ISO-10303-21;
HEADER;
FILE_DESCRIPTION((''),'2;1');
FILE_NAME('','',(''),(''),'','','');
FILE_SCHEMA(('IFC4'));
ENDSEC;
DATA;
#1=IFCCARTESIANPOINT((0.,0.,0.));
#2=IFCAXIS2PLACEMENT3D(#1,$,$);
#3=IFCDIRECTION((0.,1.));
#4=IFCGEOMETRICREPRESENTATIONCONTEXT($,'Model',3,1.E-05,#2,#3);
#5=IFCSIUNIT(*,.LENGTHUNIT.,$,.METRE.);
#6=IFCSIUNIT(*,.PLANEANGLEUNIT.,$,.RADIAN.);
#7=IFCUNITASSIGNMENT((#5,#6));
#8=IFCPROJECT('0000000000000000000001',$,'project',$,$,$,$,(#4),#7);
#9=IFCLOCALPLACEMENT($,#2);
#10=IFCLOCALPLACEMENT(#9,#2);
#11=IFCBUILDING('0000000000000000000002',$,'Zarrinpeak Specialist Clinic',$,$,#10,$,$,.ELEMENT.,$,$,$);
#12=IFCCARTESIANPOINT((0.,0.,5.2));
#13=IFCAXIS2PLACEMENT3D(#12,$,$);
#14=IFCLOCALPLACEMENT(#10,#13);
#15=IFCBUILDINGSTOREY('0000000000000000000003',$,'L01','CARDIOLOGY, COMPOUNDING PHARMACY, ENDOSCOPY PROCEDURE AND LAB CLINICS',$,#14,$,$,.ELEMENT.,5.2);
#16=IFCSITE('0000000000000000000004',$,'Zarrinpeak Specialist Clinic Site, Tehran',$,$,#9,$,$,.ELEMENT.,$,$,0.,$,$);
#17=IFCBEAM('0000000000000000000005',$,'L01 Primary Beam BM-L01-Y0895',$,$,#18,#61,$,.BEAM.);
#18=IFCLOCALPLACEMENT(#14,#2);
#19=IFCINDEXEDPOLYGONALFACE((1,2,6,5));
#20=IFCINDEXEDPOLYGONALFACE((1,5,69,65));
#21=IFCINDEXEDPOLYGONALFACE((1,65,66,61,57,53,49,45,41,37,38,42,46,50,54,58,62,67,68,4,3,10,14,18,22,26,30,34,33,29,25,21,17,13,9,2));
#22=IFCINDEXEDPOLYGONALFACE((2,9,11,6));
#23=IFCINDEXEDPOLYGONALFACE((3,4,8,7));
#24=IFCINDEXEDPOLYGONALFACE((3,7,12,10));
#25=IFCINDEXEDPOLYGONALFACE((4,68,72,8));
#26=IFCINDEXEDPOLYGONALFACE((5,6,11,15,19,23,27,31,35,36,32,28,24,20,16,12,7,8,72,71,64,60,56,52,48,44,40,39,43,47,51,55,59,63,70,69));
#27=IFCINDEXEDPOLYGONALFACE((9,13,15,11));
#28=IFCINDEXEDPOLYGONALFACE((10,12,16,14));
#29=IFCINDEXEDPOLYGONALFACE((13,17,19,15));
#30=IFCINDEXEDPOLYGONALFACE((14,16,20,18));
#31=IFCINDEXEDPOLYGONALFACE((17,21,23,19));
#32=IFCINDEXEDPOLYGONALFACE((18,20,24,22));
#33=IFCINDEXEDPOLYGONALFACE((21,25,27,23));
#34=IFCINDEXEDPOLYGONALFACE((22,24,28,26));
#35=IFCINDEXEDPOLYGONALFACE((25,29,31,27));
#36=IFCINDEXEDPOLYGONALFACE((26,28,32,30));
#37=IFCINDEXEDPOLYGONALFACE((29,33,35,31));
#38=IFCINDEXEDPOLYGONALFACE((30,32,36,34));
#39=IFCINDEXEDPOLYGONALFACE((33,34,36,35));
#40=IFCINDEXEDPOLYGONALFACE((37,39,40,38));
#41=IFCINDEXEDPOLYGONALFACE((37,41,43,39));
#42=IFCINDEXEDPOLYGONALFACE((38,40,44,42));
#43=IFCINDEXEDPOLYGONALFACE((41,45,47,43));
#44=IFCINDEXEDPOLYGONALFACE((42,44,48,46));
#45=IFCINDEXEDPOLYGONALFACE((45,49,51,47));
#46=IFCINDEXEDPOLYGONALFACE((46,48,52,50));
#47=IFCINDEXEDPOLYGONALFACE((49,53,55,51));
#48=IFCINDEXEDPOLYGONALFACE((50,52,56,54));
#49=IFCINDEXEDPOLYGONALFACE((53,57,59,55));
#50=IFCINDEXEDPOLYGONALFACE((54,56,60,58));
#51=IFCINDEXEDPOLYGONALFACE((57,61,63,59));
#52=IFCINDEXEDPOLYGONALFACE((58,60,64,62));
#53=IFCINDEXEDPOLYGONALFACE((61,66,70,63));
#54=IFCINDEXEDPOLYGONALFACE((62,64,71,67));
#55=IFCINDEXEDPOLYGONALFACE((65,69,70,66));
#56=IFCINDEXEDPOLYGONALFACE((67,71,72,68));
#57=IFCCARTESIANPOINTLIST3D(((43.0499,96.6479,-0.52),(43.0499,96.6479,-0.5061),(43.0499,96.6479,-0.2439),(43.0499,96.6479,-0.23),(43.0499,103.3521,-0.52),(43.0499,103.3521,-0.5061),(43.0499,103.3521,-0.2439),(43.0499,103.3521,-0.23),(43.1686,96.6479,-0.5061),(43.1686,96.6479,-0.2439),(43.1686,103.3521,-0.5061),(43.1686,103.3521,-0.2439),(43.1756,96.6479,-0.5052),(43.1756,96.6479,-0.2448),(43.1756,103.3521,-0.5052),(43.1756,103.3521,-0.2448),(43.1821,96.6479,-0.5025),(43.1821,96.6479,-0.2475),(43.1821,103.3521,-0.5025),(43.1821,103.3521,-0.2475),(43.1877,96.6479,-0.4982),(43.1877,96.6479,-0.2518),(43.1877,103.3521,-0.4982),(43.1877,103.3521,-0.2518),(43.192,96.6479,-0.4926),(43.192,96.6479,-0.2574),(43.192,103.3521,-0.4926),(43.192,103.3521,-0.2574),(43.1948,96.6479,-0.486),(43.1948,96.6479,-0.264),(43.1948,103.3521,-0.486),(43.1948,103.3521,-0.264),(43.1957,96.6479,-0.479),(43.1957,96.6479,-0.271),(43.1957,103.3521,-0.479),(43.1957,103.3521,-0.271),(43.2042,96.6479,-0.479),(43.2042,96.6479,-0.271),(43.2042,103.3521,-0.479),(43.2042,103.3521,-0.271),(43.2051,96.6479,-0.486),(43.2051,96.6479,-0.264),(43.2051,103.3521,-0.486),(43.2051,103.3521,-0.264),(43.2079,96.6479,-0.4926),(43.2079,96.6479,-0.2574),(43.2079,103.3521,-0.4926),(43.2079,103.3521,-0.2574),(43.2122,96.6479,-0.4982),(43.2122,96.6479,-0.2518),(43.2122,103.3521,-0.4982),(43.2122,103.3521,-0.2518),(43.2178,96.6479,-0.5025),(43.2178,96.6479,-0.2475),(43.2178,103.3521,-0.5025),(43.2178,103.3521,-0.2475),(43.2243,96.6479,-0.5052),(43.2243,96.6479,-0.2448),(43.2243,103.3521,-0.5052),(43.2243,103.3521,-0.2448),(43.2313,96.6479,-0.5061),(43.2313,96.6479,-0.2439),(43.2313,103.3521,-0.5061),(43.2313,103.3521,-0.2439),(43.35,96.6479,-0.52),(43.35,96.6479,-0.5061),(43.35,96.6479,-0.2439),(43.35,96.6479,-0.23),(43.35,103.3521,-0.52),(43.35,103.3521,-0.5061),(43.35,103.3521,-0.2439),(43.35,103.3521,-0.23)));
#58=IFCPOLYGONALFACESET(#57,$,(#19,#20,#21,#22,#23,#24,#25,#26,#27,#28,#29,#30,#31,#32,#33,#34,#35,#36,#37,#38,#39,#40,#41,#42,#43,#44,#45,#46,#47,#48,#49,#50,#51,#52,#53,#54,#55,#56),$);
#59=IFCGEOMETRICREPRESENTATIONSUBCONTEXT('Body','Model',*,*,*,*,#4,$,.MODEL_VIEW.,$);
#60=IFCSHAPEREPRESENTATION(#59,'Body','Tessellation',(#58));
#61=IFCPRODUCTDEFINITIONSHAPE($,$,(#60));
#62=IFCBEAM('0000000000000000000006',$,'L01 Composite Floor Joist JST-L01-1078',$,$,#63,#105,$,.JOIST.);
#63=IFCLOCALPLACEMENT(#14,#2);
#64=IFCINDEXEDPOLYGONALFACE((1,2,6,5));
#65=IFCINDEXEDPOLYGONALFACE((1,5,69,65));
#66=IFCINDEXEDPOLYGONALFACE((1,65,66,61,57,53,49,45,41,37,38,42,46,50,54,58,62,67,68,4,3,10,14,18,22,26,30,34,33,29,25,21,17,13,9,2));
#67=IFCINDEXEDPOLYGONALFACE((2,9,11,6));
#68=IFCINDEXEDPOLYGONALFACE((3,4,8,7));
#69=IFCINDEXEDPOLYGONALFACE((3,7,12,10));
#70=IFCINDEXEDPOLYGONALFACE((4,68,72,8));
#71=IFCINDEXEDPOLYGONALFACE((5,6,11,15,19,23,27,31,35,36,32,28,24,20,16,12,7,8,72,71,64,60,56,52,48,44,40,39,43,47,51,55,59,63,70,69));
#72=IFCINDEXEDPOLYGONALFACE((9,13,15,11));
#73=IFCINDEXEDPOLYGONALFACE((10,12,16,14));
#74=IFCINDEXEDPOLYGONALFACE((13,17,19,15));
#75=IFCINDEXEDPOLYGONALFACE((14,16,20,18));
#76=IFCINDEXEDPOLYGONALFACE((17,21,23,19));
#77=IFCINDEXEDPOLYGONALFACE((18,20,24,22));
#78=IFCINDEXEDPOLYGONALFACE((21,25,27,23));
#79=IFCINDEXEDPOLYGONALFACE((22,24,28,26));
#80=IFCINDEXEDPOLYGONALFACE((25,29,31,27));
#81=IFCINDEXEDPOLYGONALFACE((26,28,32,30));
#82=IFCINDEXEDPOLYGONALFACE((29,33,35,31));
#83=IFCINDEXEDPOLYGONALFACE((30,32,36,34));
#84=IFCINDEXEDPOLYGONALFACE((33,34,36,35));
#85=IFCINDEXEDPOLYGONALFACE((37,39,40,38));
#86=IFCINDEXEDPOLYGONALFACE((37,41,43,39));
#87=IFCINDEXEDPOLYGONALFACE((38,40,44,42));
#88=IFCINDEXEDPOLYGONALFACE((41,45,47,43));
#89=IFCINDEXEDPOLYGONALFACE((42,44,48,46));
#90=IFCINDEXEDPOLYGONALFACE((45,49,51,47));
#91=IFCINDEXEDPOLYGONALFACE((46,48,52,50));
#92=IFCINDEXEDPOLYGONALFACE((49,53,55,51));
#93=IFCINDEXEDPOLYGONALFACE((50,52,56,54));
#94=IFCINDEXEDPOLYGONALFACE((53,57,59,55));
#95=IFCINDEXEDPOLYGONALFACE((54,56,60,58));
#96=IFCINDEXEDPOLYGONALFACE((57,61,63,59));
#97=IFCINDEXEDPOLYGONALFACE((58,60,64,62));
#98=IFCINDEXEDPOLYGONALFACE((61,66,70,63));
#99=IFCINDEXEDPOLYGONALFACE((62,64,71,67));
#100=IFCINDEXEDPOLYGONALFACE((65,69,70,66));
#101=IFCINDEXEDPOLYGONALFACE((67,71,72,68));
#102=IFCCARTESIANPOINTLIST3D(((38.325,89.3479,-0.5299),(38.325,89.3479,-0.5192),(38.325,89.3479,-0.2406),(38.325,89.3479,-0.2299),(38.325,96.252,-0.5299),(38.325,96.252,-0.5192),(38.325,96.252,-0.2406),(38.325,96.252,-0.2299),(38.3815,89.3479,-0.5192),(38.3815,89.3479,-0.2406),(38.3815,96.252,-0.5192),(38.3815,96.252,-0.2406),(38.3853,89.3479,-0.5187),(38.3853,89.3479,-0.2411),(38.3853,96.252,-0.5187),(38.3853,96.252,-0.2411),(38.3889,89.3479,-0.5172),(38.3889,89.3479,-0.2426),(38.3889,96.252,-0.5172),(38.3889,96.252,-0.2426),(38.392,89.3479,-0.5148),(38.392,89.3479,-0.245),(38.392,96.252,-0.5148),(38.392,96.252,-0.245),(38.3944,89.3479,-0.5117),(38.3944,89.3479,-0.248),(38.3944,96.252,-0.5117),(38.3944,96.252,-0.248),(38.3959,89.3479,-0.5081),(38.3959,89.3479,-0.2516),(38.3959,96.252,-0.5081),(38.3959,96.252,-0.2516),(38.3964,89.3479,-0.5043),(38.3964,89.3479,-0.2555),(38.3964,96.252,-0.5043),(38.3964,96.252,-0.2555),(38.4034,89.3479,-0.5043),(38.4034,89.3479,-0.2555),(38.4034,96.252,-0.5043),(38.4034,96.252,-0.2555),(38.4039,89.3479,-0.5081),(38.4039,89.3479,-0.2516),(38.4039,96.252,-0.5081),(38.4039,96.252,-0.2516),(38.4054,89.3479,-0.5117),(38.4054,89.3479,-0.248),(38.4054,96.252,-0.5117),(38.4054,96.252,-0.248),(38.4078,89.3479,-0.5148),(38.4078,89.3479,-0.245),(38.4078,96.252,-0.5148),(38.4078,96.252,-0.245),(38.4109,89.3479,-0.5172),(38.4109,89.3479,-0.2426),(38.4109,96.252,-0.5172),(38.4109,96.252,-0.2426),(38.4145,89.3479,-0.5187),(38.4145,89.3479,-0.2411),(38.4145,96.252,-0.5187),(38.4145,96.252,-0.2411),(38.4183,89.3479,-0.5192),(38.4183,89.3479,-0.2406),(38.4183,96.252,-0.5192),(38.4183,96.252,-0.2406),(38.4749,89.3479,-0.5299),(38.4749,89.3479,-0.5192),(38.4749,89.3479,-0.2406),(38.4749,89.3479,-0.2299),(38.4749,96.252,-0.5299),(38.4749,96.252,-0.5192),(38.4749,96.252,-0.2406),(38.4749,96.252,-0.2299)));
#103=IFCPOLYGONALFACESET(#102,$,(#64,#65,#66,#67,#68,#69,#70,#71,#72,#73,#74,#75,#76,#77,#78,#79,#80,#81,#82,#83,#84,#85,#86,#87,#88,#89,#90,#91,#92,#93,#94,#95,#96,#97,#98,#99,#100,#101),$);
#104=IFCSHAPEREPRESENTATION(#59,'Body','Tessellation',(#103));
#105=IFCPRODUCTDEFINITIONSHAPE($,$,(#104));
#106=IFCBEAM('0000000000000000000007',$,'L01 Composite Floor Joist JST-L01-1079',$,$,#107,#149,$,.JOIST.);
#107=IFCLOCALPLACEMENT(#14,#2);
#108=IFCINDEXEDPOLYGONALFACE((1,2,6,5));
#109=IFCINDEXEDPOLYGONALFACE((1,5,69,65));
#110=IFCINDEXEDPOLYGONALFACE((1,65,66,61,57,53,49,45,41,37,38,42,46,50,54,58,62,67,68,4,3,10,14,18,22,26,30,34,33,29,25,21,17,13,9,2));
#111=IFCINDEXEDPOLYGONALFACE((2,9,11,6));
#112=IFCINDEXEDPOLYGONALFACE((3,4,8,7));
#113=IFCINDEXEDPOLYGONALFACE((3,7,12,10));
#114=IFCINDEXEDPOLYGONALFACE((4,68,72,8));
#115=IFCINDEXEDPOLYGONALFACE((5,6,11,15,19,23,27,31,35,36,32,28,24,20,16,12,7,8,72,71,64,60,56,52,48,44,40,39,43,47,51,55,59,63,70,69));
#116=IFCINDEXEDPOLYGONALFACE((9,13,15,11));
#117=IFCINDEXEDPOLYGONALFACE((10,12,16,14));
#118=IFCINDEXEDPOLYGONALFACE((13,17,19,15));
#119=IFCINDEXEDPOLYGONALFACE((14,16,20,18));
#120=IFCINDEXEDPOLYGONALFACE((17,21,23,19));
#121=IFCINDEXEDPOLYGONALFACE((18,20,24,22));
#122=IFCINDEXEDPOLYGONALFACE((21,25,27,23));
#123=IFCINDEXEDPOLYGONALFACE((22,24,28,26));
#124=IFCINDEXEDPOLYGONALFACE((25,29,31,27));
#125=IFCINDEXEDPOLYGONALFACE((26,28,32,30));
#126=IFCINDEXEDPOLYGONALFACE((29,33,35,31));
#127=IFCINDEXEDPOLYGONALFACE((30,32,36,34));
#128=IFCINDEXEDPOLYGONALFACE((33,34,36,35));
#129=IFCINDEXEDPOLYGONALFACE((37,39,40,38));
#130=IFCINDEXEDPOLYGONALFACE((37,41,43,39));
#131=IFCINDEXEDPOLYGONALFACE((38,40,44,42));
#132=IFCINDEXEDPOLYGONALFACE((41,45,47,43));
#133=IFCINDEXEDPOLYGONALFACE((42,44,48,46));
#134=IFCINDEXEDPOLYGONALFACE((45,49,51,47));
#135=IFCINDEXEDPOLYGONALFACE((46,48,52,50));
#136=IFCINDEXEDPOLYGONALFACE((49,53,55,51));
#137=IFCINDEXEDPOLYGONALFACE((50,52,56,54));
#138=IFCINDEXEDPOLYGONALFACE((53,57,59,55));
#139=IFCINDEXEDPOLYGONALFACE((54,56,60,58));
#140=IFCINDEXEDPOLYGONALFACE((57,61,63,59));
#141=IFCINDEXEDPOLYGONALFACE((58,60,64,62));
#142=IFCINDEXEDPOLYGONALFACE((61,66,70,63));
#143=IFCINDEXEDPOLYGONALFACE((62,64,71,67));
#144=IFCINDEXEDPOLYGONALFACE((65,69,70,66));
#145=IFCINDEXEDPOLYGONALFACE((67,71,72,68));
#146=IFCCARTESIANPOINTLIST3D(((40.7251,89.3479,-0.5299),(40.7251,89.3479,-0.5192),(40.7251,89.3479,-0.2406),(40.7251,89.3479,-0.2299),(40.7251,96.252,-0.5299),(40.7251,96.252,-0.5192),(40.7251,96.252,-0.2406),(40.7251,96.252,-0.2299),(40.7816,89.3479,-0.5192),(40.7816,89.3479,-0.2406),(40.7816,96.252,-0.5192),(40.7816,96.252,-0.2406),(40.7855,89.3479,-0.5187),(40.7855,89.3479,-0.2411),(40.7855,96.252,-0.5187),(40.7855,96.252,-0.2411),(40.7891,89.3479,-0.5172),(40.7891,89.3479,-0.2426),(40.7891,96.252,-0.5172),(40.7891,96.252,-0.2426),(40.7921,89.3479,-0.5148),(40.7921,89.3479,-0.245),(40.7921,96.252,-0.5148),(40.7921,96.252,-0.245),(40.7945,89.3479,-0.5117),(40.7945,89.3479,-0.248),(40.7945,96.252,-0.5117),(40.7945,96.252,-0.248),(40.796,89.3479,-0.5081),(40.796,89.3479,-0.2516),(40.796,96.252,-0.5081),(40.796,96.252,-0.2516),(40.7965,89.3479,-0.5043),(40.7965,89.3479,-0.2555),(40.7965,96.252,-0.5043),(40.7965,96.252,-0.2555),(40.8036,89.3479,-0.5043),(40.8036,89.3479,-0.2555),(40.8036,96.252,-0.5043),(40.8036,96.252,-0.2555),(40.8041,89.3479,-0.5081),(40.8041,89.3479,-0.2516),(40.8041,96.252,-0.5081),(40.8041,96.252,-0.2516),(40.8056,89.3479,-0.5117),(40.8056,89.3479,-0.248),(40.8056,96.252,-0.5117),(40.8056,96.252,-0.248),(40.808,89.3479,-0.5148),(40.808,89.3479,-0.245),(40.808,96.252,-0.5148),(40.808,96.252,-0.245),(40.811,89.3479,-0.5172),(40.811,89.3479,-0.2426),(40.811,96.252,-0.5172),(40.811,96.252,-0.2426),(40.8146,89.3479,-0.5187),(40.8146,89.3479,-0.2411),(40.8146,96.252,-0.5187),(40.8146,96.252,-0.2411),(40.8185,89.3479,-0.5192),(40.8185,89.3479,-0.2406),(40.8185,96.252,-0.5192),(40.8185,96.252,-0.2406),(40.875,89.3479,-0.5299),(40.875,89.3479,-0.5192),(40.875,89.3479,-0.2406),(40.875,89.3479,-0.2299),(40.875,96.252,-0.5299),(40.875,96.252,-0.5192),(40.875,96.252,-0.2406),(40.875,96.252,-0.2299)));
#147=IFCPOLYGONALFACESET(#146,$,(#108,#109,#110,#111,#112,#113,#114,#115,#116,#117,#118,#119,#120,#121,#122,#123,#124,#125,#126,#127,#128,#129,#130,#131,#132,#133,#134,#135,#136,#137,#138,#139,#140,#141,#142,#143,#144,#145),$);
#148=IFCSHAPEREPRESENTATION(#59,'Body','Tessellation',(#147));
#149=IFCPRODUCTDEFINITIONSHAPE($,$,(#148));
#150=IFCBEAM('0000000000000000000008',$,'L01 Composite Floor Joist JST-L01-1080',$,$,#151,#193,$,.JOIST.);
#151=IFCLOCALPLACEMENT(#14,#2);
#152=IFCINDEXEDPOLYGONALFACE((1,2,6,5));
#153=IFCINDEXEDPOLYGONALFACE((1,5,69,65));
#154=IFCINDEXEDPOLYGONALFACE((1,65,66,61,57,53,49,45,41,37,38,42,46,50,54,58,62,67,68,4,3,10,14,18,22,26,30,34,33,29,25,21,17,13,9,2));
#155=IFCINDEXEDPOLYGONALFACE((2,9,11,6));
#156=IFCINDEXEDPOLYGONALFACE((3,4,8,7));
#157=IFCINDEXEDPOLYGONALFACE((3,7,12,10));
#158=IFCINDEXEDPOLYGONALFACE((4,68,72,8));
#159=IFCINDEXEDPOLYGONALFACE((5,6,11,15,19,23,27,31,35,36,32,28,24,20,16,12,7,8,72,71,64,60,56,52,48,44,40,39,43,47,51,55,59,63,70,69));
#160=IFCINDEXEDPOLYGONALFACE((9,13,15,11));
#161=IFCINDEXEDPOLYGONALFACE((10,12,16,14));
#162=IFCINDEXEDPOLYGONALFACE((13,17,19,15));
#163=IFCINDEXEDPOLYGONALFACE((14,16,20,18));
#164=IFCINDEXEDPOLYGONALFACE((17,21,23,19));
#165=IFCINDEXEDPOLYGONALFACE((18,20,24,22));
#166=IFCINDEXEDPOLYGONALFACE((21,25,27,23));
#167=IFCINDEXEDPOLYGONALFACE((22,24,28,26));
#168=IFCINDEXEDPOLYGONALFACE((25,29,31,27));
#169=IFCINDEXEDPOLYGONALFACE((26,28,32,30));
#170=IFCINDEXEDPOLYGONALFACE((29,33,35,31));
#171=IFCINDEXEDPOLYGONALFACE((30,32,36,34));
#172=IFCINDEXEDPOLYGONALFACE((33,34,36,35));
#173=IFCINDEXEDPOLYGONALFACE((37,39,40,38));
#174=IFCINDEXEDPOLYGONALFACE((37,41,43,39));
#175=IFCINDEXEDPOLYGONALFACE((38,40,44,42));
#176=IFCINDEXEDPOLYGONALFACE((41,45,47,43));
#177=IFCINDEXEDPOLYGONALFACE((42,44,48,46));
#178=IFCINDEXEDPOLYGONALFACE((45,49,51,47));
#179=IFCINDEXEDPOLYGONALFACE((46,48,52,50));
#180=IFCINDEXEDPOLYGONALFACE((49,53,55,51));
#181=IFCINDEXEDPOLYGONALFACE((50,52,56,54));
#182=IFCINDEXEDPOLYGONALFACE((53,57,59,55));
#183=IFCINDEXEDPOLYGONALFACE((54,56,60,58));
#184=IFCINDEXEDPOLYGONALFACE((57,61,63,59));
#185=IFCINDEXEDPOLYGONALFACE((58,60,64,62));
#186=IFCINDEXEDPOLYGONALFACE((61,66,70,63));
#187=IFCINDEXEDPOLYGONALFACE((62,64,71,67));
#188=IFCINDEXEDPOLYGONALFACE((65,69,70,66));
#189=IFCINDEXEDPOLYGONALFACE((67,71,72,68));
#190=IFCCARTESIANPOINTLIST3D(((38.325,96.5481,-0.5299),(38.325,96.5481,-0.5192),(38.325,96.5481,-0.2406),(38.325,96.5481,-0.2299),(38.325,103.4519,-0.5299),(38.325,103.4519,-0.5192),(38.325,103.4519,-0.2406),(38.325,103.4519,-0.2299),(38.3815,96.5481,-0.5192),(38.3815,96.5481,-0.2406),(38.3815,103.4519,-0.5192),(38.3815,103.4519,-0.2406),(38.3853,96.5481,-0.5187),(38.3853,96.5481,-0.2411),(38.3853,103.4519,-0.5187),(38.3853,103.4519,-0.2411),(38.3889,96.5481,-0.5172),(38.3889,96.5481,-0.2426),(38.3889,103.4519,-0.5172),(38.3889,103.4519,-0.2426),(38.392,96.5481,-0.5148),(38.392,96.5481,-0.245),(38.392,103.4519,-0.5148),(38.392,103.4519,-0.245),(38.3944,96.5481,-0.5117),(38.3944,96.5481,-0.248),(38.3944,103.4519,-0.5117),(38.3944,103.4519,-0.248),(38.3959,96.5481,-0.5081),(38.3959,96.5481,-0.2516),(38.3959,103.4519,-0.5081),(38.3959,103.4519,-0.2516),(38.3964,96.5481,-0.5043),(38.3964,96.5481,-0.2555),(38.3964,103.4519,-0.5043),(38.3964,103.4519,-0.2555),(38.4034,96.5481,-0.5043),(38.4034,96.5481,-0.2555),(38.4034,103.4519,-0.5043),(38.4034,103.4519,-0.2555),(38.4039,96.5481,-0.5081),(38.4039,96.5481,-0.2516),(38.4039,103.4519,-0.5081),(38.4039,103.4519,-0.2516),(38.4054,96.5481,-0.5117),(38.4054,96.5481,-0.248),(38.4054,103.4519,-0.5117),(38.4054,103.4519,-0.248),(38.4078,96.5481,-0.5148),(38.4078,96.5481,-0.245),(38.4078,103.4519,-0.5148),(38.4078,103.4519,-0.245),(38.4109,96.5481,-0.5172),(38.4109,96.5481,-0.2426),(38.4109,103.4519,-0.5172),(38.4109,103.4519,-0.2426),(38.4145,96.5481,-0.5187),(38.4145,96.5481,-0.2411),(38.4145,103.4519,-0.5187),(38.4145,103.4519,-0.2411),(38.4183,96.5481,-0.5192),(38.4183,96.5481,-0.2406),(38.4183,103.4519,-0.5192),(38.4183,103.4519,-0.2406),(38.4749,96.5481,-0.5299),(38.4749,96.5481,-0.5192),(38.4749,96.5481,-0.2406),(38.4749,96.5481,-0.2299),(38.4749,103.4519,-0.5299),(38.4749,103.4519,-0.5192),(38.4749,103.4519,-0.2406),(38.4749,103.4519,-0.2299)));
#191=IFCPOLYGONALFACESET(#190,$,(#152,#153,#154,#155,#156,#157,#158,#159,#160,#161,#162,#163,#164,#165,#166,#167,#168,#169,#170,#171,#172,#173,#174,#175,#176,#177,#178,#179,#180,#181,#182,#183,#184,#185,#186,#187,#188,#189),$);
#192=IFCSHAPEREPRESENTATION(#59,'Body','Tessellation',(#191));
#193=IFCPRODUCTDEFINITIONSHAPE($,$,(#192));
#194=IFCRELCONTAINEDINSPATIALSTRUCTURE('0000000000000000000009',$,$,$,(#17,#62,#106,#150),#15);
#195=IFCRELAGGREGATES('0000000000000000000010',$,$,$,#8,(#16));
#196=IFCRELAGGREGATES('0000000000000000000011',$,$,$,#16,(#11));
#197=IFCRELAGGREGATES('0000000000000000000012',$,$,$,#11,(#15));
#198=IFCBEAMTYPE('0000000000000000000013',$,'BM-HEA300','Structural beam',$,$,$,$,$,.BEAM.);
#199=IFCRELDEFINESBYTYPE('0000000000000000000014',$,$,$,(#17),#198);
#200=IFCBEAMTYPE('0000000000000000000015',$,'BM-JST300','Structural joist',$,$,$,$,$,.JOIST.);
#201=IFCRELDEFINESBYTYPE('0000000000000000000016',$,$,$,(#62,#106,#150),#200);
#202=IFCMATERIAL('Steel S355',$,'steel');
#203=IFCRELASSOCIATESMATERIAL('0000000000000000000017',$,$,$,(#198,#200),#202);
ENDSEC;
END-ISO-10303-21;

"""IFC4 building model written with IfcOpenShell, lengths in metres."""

from ifc_helpers import new_model, si_unit, direction, frame, origin, origin_2d, place, context, subcontext, project, spatial, i_section, extrude, material, material_profile, profile_set, type_object, element, save


model = new_model("IFC4")

# Units and contexts
model_context = context("Model", 3, precision=1e-05, world=origin(), true_north=direction((0.0, 1.0)))
body_context = subcontext(model_context, "Body", "Model", "MODEL_VIEW")
ifc_project = project(units=[si_unit("LENGTHUNIT", "METRE"), si_unit("PLANEANGLEUNIT", "RADIAN")], contexts=[model_context])

# Site, building, storey
site_placement = place(None, origin())
site = spatial("IfcSite", under=ifc_project, at=site_placement, Name="Zarrinpeak Specialist Clinic Site, Tehran", CompositionType="ELEMENT", RefElevation=0.0)
building_placement = place(site_placement, origin())
building = spatial("IfcBuilding", under=site, at=building_placement, Name="Zarrinpeak Specialist Clinic", CompositionType="ELEMENT")
storey_placement = place(building_placement, frame((0.0, 0.0, 5.2)))
storey = spatial("IfcBuildingStorey", under=building, at=storey_placement, Name="L01", Description="CARDIOLOGY, COMPOUNDING PHARMACY, ENDOSCOPY PROCEDURE AND LAB CLINICS", CompositionType="ELEMENT", Elevation=5.2)

# Shared definitions
ifc_material_1 = material(Name="Steel S355", Category="steel")

# Beams
ifc_material_profile_1 = material_profile(ifc_material_1, i_section(OverallWidth=0.3, OverallDepth=0.29, WebThickness=0.0085, FlangeThickness=0.0139, FilletRadius=0.0271, at=origin_2d()), Name="HEA 300")
ifc_profile_set_1 = profile_set([ifc_material_profile_1], Name="Steel S355")
beam_type_1 = type_object("IfcBeamType", Name="BM-HEA300", Description="Structural beam", PredefinedType="BEAM", material=ifc_profile_set_1)
beam_1_placement = place(storey_placement, frame((43.2, 96.6479, -0.375), z_axis=(0.0, 1.0, 0.0), x_axis=(-1.0, 0.0, 0.0)))
element("IfcBeam", 1, at=beam_1_placement, inside=storey, type_object=beam_type_1, Name="L01 Primary Beam BM-L01-Y0895", PredefinedType="BEAM", context=body_context, shape_type="SweptSolid", body=[
    extrude(i_section(OverallWidth=0.3, OverallDepth=0.29, WebThickness=0.0085, FlangeThickness=0.0139, FilletRadius=0.0271, at=origin_2d()), origin(), (0.0, 0.0, 1.0), 6.7041),
])
ifc_material_profile_2 = material_profile(ifc_material_1, i_section(OverallWidth=0.1499, OverallDepth=0.3, WebThickness=0.0071, FlangeThickness=0.0107, FilletRadius=0.0149, at=origin_2d()), Name="IPE 300")
ifc_profile_set_2 = profile_set([ifc_material_profile_2], Name="Steel S355")
beam_type_2 = type_object("IfcBeamType", Name="BM-JST300", Description="Structural joist", PredefinedType="JOIST", material=ifc_profile_set_2)
for number, where, z_axis, x_axis, name in (
    (2, (38.3999, 89.3479, -0.3799), (0.0, 1.0, 0.0), (-1.0, 0.0, 0.0), "L01 Composite Floor Joist JST-L01-1078"),
    (3, (40.8, 89.3479, -0.3799), (0.0, 1.0, 0.0), (-1.0, 0.0, 0.0), "L01 Composite Floor Joist JST-L01-1079"),
):
    element("IfcBeam", number, at=place(storey_placement, frame(where, z_axis=z_axis, x_axis=x_axis)), inside=storey, type_object=beam_type_2, Name=name, PredefinedType="JOIST", context=body_context, shape_type="SweptSolid", body=[
        extrude(i_section(OverallWidth=0.1499, OverallDepth=0.3, WebThickness=0.0071, FlangeThickness=0.0107, FilletRadius=0.0149, at=origin_2d()), origin(), (0.0, 0.0, 1.0), 6.9041),
    ])
for number, where, z_axis, x_axis, name in (
    (4, (38.3999, 96.5481, -0.3799), (0.0, 1.0, 0.0), (-1.0, 0.0, 0.0), "L01 Composite Floor Joist JST-L01-1080"),
):
    element("IfcBeam", number, at=place(storey_placement, frame(where, z_axis=z_axis, x_axis=x_axis)), inside=storey, type_object=beam_type_2, Name=name, PredefinedType="JOIST", context=body_context, shape_type="SweptSolid", body=[
        extrude(i_section(OverallWidth=0.1499, OverallDepth=0.3, WebThickness=0.0071, FlangeThickness=0.0107, FilletRadius=0.0149, at=origin_2d()), origin(), (0.0, 0.0, 1.0), 6.9038),
    ])

save(model, "model.ifc")
